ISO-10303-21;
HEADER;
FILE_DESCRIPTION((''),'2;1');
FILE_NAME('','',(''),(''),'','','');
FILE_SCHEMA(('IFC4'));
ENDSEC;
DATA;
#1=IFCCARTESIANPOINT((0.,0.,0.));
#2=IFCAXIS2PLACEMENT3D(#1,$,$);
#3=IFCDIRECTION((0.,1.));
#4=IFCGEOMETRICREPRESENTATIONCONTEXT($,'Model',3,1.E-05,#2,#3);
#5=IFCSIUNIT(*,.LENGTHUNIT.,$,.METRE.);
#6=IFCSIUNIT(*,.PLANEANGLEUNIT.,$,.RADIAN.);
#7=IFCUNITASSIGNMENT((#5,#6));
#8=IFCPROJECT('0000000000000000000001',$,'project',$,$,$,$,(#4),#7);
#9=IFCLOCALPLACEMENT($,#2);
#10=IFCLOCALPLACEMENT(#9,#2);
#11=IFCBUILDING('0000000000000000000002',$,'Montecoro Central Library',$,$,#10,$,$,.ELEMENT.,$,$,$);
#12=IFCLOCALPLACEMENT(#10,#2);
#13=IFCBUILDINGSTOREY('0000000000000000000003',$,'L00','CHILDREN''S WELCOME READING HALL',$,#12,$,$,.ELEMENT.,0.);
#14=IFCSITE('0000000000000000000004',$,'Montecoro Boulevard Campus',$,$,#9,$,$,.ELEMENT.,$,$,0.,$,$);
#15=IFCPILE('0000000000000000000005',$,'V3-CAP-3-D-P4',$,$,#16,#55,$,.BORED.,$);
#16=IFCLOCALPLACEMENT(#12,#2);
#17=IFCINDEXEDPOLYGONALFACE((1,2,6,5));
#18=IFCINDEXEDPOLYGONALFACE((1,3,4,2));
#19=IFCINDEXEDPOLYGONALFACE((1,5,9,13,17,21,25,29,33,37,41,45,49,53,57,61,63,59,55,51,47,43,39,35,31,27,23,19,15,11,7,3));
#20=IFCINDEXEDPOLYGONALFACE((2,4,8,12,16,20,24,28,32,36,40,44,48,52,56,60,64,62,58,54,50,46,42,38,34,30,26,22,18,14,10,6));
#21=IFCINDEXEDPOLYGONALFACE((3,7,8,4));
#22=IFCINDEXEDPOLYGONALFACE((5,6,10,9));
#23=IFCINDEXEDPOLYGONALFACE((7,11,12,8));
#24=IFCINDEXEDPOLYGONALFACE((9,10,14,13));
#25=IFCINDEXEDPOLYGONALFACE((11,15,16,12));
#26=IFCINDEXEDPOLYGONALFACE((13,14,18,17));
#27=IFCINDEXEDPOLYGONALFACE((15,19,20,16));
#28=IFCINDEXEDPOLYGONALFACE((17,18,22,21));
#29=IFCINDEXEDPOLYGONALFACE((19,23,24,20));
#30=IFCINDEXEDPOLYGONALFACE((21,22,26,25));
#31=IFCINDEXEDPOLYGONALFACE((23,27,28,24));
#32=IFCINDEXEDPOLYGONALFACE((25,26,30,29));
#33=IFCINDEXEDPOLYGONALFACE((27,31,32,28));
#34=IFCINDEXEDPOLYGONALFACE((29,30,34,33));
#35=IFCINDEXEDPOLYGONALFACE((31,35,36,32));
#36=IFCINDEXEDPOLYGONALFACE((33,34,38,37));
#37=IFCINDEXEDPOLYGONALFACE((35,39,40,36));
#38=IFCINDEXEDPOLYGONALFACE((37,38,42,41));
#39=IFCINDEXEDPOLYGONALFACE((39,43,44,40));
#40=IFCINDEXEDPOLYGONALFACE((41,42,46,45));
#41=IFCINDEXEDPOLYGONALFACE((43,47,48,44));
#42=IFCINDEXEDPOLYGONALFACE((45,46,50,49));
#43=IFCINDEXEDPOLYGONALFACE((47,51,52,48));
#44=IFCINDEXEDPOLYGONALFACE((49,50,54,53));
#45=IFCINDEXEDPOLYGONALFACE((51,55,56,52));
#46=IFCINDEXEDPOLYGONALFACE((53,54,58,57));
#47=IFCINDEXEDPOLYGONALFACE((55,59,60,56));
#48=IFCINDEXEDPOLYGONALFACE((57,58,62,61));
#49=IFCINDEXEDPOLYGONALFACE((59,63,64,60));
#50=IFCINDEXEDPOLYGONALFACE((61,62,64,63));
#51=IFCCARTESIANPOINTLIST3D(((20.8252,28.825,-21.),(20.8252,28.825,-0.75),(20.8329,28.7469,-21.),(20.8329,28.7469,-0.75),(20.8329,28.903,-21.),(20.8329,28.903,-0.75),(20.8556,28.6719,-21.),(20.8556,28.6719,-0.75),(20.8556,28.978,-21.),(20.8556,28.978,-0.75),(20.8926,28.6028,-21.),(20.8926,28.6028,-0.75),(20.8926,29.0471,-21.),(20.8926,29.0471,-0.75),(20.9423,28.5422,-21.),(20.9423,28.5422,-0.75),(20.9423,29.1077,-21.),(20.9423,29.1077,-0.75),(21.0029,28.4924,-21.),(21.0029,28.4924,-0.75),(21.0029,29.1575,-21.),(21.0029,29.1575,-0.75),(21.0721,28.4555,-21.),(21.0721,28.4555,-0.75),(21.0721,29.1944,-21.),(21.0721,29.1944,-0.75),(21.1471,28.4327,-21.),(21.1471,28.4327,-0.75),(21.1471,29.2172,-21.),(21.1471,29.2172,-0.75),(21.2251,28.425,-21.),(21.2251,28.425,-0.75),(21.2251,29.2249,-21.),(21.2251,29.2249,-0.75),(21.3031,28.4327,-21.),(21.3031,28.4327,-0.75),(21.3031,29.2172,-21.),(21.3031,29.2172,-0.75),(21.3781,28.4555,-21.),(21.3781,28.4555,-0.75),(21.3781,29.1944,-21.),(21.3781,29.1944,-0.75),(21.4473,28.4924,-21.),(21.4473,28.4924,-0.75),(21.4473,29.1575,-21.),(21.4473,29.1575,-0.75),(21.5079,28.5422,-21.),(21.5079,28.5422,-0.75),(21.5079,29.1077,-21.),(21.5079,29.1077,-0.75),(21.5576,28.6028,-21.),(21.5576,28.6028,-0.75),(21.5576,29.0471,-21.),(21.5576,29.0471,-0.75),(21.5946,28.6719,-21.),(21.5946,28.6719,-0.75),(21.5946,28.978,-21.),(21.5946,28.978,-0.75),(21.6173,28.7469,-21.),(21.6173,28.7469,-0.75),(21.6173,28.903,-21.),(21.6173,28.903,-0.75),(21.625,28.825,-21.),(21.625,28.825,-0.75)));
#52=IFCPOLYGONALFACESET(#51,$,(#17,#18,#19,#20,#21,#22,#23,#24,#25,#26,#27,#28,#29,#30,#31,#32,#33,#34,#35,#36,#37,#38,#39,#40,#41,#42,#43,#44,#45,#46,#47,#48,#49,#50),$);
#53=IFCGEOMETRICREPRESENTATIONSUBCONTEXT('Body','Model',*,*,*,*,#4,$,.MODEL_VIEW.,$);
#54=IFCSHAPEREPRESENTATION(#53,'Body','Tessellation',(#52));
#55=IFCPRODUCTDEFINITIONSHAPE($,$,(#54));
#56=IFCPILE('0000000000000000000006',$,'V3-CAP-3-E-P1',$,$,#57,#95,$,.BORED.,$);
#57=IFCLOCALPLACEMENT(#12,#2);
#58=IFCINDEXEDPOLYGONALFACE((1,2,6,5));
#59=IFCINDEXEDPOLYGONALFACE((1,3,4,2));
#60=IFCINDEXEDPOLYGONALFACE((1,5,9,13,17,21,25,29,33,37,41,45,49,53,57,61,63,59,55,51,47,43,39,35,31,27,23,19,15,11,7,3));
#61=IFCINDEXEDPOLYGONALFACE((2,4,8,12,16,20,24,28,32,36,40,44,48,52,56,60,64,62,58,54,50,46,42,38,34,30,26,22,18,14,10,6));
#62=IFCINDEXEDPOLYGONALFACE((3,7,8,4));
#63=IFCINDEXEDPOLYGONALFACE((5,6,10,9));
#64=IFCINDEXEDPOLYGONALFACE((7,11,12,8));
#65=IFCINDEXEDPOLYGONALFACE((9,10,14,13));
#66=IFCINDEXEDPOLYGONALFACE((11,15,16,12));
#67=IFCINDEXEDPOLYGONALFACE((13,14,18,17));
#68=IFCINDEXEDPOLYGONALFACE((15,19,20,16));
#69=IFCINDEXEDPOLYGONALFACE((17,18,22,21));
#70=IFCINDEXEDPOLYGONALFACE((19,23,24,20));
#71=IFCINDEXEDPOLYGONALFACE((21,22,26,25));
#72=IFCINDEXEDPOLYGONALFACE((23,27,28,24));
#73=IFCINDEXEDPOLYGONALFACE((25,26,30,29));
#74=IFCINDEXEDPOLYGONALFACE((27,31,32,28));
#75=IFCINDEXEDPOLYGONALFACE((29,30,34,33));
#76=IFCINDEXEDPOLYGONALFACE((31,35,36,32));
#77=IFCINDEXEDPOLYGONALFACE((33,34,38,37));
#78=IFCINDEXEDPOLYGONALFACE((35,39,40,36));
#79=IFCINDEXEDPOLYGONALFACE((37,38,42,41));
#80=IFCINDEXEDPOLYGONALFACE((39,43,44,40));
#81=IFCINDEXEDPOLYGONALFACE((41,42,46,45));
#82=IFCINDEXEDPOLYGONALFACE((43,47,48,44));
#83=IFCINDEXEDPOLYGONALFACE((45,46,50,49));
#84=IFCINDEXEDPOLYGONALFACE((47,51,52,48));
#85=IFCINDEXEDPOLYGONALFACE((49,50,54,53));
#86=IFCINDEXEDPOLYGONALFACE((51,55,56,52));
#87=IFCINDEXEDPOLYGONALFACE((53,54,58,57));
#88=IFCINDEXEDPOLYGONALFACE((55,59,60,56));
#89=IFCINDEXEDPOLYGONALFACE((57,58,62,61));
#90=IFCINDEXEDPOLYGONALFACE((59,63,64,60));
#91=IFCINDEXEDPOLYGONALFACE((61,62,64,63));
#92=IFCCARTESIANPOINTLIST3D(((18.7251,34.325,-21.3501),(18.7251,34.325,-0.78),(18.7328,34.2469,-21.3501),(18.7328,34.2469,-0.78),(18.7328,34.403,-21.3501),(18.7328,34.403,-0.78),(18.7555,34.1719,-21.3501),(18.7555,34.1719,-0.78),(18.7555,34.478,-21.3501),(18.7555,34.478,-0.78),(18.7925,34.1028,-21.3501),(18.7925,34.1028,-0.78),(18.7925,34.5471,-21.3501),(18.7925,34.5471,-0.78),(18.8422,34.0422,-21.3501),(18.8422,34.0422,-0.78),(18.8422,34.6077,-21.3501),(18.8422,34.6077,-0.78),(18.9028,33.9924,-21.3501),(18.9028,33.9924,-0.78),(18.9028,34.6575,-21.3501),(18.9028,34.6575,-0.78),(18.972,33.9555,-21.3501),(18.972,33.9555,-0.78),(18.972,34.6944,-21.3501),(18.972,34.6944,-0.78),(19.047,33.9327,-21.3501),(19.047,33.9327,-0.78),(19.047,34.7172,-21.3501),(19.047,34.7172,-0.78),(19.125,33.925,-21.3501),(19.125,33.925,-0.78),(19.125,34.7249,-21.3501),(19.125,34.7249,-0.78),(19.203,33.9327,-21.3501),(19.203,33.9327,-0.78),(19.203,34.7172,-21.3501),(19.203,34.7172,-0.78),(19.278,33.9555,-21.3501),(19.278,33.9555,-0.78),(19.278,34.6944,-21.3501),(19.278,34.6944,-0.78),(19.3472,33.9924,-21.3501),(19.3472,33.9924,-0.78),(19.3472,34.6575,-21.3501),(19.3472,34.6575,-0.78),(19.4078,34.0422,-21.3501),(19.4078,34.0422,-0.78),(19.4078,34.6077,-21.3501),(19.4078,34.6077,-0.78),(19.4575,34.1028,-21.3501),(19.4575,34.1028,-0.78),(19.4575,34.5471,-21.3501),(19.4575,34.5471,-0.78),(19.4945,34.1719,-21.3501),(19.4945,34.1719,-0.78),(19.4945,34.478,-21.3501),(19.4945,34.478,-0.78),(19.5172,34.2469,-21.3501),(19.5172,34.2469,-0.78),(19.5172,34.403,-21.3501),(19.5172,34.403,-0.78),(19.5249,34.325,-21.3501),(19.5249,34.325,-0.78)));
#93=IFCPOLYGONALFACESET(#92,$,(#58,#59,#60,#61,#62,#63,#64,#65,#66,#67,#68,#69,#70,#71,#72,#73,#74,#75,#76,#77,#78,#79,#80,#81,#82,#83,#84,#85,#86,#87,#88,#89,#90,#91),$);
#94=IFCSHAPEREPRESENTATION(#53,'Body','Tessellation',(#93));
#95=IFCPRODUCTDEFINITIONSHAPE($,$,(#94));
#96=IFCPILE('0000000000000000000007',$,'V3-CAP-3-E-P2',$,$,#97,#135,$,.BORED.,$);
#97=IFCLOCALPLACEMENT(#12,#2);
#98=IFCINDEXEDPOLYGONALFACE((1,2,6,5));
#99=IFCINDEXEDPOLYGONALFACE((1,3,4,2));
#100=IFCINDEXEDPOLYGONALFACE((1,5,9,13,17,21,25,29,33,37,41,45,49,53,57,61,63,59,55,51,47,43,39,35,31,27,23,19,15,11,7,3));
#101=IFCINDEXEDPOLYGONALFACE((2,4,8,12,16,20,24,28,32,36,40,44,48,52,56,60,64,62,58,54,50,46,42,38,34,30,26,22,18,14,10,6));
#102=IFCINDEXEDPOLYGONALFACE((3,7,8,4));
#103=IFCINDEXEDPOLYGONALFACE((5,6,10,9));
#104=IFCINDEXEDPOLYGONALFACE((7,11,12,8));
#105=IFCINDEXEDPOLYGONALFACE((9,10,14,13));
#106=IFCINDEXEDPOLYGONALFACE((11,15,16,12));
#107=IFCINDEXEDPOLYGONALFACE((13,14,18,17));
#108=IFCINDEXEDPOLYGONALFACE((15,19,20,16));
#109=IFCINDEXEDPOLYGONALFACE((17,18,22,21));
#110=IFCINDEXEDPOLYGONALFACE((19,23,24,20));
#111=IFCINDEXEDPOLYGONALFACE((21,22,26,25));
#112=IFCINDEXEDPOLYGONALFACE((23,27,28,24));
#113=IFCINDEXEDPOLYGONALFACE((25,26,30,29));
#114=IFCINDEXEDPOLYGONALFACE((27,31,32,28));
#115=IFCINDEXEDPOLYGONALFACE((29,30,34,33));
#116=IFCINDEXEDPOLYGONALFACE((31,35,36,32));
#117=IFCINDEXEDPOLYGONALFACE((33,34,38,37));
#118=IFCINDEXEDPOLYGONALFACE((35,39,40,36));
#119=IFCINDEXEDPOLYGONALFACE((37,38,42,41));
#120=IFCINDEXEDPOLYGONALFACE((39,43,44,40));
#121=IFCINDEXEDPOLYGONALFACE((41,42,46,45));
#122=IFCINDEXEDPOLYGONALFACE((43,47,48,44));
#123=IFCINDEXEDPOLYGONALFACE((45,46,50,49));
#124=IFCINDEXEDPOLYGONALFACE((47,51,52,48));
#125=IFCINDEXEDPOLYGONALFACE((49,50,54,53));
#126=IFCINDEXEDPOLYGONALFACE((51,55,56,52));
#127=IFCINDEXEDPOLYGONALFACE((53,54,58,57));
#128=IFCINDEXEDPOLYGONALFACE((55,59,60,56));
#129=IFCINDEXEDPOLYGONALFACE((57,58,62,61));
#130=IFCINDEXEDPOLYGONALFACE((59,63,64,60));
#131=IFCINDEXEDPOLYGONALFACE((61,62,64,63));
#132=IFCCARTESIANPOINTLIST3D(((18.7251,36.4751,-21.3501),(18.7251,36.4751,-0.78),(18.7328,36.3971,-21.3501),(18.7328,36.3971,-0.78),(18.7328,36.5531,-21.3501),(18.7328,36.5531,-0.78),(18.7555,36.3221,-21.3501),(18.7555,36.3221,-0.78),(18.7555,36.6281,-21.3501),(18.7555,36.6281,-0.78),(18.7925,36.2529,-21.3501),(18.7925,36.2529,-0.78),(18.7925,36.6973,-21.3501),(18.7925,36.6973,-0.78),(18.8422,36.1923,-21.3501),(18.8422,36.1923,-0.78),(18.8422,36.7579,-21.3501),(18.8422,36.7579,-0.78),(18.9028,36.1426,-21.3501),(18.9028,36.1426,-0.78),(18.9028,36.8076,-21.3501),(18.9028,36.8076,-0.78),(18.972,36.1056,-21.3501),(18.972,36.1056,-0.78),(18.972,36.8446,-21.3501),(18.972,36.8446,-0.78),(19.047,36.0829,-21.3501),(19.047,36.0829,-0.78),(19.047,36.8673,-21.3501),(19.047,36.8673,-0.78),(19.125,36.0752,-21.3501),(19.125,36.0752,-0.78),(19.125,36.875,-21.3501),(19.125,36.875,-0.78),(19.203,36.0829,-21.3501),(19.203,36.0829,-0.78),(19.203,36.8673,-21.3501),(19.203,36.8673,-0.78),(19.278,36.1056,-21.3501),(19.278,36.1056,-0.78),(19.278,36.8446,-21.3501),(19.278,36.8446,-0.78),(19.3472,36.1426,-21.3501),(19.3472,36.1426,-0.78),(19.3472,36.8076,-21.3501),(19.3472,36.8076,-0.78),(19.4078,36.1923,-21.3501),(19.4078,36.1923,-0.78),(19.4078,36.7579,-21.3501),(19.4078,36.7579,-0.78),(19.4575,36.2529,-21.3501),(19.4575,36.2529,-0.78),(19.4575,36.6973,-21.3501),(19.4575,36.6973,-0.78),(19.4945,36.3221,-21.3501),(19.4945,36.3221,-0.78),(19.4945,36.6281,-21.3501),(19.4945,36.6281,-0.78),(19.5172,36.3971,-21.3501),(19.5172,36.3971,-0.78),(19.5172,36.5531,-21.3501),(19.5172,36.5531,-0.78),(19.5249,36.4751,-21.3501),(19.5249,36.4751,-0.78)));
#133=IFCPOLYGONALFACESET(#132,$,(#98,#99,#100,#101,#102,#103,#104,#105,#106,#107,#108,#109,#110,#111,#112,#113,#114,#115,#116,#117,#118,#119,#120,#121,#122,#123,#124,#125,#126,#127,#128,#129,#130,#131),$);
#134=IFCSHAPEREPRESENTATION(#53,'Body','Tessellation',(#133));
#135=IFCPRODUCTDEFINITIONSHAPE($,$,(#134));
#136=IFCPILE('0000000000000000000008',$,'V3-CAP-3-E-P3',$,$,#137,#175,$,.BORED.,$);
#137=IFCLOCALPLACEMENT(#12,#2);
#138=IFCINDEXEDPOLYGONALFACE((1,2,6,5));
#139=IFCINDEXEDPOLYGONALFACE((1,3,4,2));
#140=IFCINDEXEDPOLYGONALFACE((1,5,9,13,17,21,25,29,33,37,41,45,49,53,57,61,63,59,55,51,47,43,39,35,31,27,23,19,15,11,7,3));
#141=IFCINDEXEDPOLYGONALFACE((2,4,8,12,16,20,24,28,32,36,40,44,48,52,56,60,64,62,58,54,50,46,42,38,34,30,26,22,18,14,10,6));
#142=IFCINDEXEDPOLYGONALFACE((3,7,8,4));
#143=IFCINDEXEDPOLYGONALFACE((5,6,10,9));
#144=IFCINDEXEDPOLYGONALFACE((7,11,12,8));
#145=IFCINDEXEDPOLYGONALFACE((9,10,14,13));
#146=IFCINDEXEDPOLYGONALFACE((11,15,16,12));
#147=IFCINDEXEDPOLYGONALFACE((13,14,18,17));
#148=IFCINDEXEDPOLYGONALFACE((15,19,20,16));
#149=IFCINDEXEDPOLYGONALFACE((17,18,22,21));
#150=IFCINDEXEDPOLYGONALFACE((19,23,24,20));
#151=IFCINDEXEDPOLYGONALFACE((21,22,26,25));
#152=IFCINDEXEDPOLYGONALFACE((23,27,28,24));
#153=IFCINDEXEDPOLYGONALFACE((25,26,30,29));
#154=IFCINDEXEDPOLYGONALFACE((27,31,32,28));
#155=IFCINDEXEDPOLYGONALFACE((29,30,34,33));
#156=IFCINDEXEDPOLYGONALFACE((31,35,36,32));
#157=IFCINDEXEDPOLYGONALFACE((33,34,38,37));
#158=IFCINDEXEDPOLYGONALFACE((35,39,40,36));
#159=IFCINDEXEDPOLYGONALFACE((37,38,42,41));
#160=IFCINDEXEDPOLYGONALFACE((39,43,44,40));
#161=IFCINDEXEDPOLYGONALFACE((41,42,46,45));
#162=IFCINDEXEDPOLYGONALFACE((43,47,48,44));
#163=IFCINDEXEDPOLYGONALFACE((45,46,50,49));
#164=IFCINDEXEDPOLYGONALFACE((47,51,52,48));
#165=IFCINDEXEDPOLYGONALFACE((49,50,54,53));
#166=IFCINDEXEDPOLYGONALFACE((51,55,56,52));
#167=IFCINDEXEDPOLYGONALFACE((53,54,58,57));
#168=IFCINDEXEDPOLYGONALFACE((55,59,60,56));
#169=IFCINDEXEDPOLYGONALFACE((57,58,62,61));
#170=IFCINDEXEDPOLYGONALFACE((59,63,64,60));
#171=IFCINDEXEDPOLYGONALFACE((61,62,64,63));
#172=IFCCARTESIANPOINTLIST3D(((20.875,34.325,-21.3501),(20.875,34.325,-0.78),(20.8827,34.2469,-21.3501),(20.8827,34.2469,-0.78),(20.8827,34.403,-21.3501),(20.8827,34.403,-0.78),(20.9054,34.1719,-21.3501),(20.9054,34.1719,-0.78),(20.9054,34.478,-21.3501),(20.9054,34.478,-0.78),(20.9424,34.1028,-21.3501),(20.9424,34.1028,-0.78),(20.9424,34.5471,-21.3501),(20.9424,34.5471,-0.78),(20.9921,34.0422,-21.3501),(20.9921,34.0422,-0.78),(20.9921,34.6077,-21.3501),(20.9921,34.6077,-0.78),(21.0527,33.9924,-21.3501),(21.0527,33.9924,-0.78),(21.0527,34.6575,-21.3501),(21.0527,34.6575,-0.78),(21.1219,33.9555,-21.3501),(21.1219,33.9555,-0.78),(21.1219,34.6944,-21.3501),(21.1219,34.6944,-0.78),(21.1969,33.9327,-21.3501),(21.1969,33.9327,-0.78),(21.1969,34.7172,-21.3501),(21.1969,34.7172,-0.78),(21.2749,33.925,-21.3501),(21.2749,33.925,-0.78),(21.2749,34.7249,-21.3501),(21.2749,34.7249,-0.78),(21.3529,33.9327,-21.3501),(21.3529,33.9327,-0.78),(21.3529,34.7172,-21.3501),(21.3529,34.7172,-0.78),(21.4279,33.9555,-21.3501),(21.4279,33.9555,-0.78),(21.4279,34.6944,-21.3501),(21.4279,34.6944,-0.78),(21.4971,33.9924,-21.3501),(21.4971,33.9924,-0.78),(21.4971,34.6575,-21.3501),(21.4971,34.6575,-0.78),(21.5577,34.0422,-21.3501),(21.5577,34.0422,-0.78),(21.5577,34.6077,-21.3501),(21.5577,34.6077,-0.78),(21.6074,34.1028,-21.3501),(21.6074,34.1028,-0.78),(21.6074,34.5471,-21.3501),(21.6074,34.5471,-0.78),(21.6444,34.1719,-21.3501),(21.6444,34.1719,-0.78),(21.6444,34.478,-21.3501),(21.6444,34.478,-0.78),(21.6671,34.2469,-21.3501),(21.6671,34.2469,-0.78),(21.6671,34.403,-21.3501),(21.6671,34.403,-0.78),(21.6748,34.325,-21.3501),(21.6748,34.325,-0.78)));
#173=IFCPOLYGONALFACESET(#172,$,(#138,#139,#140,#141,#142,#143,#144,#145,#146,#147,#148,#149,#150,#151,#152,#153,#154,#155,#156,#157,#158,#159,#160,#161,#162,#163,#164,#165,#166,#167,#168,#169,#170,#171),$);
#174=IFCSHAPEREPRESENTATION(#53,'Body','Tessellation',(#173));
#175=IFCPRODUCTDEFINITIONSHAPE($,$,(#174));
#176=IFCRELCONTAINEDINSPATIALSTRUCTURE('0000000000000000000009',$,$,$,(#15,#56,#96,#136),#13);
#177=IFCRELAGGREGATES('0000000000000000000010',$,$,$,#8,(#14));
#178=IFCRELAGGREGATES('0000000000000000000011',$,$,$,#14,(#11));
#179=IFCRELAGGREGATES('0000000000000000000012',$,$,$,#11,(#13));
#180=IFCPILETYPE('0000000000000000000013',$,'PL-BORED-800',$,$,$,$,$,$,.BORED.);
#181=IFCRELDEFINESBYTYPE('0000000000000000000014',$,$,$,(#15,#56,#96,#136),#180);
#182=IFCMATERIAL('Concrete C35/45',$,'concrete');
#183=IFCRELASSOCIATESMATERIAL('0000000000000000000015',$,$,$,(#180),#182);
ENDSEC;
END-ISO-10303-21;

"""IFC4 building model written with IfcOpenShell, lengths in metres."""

from ifc_helpers import new_model, si_unit, direction, frame, origin, origin_2d, place, context, subcontext, project, spatial, circle, extrude, material, material_profile, profile_set, type_object, element, save


model = new_model("IFC4")

# Units and contexts
model_context = context("Model", 3, precision=1e-05, world=origin(), true_north=direction((0.0, 1.0)))
body_context = subcontext(model_context, "Body", "Model", "MODEL_VIEW")
ifc_project = project(units=[si_unit("LENGTHUNIT", "METRE"), si_unit("PLANEANGLEUNIT", "RADIAN")], contexts=[model_context])

# Site, building, storey
site_placement = place(None, origin())
site = spatial("IfcSite", under=ifc_project, at=site_placement, Name="Montecoro Boulevard Campus", CompositionType="ELEMENT", RefElevation=0.0)
building_placement = place(site_placement, origin())
building = spatial("IfcBuilding", under=site, at=building_placement, Name="Montecoro Central Library", CompositionType="ELEMENT")
storey_placement = place(building_placement, origin())
storey = spatial("IfcBuildingStorey", under=building, at=storey_placement, Name="L00", Description="CHILDREN'S WELCOME READING HALL", CompositionType="ELEMENT", Elevation=0.0)

# Shared definitions
ifc_material_1 = material(Name="Concrete C35/45", Category="concrete")

# Piles
ifc_material_profile_1 = material_profile(ifc_material_1, circle(Radius=0.3999, at=origin_2d()), Name="PILE D800")
ifc_profile_set_1 = profile_set([ifc_material_profile_1], Name="Concrete C35/45")
pile_type_1 = type_object("IfcPileType", Name="PL-BORED-800", PredefinedType="BORED", material=ifc_profile_set_1)
for number, where, z_axis, x_axis, name in (
    (1, (21.2251, 28.825, -0.75), (0.0, 0.0, -1.0), (1.0, 0.0, 0.0), "V3-CAP-3-D-P4"),
):
    element("IfcPile", number, at=place(storey_placement, frame(where, z_axis=z_axis, x_axis=x_axis)), inside=storey, type_object=pile_type_1, Name=name, PredefinedType="BORED", context=body_context, shape_type="SweptSolid", body=[
        extrude(circle(Radius=0.3999, at=origin_2d()), origin(), (0.0, 0.0, 1.0), 20.25),
    ])
for number, where, z_axis, x_axis, name in (
    (2, (19.125, 34.325, -0.78), (0.0, 0.0, -1.0), (1.0, 0.0, 0.0), "V3-CAP-3-E-P1"),
    (3, (19.125, 36.4751, -0.78), (0.0, 0.0, -1.0), (1.0, 0.0, 0.0), "V3-CAP-3-E-P2"),
    (4, (21.2749, 34.325, -0.78), (0.0, 0.0, -1.0), (1.0, 0.0, 0.0), "V3-CAP-3-E-P3"),
):
    element("IfcPile", number, at=place(storey_placement, frame(where, z_axis=z_axis, x_axis=x_axis)), inside=storey, type_object=pile_type_1, Name=name, PredefinedType="BORED", context=body_context, shape_type="SweptSolid", body=[
        extrude(circle(Radius=0.3999, at=origin_2d()), origin(), (0.0, 0.0, 1.0), 20.5701),
    ])

save(model, "model.ifc")
